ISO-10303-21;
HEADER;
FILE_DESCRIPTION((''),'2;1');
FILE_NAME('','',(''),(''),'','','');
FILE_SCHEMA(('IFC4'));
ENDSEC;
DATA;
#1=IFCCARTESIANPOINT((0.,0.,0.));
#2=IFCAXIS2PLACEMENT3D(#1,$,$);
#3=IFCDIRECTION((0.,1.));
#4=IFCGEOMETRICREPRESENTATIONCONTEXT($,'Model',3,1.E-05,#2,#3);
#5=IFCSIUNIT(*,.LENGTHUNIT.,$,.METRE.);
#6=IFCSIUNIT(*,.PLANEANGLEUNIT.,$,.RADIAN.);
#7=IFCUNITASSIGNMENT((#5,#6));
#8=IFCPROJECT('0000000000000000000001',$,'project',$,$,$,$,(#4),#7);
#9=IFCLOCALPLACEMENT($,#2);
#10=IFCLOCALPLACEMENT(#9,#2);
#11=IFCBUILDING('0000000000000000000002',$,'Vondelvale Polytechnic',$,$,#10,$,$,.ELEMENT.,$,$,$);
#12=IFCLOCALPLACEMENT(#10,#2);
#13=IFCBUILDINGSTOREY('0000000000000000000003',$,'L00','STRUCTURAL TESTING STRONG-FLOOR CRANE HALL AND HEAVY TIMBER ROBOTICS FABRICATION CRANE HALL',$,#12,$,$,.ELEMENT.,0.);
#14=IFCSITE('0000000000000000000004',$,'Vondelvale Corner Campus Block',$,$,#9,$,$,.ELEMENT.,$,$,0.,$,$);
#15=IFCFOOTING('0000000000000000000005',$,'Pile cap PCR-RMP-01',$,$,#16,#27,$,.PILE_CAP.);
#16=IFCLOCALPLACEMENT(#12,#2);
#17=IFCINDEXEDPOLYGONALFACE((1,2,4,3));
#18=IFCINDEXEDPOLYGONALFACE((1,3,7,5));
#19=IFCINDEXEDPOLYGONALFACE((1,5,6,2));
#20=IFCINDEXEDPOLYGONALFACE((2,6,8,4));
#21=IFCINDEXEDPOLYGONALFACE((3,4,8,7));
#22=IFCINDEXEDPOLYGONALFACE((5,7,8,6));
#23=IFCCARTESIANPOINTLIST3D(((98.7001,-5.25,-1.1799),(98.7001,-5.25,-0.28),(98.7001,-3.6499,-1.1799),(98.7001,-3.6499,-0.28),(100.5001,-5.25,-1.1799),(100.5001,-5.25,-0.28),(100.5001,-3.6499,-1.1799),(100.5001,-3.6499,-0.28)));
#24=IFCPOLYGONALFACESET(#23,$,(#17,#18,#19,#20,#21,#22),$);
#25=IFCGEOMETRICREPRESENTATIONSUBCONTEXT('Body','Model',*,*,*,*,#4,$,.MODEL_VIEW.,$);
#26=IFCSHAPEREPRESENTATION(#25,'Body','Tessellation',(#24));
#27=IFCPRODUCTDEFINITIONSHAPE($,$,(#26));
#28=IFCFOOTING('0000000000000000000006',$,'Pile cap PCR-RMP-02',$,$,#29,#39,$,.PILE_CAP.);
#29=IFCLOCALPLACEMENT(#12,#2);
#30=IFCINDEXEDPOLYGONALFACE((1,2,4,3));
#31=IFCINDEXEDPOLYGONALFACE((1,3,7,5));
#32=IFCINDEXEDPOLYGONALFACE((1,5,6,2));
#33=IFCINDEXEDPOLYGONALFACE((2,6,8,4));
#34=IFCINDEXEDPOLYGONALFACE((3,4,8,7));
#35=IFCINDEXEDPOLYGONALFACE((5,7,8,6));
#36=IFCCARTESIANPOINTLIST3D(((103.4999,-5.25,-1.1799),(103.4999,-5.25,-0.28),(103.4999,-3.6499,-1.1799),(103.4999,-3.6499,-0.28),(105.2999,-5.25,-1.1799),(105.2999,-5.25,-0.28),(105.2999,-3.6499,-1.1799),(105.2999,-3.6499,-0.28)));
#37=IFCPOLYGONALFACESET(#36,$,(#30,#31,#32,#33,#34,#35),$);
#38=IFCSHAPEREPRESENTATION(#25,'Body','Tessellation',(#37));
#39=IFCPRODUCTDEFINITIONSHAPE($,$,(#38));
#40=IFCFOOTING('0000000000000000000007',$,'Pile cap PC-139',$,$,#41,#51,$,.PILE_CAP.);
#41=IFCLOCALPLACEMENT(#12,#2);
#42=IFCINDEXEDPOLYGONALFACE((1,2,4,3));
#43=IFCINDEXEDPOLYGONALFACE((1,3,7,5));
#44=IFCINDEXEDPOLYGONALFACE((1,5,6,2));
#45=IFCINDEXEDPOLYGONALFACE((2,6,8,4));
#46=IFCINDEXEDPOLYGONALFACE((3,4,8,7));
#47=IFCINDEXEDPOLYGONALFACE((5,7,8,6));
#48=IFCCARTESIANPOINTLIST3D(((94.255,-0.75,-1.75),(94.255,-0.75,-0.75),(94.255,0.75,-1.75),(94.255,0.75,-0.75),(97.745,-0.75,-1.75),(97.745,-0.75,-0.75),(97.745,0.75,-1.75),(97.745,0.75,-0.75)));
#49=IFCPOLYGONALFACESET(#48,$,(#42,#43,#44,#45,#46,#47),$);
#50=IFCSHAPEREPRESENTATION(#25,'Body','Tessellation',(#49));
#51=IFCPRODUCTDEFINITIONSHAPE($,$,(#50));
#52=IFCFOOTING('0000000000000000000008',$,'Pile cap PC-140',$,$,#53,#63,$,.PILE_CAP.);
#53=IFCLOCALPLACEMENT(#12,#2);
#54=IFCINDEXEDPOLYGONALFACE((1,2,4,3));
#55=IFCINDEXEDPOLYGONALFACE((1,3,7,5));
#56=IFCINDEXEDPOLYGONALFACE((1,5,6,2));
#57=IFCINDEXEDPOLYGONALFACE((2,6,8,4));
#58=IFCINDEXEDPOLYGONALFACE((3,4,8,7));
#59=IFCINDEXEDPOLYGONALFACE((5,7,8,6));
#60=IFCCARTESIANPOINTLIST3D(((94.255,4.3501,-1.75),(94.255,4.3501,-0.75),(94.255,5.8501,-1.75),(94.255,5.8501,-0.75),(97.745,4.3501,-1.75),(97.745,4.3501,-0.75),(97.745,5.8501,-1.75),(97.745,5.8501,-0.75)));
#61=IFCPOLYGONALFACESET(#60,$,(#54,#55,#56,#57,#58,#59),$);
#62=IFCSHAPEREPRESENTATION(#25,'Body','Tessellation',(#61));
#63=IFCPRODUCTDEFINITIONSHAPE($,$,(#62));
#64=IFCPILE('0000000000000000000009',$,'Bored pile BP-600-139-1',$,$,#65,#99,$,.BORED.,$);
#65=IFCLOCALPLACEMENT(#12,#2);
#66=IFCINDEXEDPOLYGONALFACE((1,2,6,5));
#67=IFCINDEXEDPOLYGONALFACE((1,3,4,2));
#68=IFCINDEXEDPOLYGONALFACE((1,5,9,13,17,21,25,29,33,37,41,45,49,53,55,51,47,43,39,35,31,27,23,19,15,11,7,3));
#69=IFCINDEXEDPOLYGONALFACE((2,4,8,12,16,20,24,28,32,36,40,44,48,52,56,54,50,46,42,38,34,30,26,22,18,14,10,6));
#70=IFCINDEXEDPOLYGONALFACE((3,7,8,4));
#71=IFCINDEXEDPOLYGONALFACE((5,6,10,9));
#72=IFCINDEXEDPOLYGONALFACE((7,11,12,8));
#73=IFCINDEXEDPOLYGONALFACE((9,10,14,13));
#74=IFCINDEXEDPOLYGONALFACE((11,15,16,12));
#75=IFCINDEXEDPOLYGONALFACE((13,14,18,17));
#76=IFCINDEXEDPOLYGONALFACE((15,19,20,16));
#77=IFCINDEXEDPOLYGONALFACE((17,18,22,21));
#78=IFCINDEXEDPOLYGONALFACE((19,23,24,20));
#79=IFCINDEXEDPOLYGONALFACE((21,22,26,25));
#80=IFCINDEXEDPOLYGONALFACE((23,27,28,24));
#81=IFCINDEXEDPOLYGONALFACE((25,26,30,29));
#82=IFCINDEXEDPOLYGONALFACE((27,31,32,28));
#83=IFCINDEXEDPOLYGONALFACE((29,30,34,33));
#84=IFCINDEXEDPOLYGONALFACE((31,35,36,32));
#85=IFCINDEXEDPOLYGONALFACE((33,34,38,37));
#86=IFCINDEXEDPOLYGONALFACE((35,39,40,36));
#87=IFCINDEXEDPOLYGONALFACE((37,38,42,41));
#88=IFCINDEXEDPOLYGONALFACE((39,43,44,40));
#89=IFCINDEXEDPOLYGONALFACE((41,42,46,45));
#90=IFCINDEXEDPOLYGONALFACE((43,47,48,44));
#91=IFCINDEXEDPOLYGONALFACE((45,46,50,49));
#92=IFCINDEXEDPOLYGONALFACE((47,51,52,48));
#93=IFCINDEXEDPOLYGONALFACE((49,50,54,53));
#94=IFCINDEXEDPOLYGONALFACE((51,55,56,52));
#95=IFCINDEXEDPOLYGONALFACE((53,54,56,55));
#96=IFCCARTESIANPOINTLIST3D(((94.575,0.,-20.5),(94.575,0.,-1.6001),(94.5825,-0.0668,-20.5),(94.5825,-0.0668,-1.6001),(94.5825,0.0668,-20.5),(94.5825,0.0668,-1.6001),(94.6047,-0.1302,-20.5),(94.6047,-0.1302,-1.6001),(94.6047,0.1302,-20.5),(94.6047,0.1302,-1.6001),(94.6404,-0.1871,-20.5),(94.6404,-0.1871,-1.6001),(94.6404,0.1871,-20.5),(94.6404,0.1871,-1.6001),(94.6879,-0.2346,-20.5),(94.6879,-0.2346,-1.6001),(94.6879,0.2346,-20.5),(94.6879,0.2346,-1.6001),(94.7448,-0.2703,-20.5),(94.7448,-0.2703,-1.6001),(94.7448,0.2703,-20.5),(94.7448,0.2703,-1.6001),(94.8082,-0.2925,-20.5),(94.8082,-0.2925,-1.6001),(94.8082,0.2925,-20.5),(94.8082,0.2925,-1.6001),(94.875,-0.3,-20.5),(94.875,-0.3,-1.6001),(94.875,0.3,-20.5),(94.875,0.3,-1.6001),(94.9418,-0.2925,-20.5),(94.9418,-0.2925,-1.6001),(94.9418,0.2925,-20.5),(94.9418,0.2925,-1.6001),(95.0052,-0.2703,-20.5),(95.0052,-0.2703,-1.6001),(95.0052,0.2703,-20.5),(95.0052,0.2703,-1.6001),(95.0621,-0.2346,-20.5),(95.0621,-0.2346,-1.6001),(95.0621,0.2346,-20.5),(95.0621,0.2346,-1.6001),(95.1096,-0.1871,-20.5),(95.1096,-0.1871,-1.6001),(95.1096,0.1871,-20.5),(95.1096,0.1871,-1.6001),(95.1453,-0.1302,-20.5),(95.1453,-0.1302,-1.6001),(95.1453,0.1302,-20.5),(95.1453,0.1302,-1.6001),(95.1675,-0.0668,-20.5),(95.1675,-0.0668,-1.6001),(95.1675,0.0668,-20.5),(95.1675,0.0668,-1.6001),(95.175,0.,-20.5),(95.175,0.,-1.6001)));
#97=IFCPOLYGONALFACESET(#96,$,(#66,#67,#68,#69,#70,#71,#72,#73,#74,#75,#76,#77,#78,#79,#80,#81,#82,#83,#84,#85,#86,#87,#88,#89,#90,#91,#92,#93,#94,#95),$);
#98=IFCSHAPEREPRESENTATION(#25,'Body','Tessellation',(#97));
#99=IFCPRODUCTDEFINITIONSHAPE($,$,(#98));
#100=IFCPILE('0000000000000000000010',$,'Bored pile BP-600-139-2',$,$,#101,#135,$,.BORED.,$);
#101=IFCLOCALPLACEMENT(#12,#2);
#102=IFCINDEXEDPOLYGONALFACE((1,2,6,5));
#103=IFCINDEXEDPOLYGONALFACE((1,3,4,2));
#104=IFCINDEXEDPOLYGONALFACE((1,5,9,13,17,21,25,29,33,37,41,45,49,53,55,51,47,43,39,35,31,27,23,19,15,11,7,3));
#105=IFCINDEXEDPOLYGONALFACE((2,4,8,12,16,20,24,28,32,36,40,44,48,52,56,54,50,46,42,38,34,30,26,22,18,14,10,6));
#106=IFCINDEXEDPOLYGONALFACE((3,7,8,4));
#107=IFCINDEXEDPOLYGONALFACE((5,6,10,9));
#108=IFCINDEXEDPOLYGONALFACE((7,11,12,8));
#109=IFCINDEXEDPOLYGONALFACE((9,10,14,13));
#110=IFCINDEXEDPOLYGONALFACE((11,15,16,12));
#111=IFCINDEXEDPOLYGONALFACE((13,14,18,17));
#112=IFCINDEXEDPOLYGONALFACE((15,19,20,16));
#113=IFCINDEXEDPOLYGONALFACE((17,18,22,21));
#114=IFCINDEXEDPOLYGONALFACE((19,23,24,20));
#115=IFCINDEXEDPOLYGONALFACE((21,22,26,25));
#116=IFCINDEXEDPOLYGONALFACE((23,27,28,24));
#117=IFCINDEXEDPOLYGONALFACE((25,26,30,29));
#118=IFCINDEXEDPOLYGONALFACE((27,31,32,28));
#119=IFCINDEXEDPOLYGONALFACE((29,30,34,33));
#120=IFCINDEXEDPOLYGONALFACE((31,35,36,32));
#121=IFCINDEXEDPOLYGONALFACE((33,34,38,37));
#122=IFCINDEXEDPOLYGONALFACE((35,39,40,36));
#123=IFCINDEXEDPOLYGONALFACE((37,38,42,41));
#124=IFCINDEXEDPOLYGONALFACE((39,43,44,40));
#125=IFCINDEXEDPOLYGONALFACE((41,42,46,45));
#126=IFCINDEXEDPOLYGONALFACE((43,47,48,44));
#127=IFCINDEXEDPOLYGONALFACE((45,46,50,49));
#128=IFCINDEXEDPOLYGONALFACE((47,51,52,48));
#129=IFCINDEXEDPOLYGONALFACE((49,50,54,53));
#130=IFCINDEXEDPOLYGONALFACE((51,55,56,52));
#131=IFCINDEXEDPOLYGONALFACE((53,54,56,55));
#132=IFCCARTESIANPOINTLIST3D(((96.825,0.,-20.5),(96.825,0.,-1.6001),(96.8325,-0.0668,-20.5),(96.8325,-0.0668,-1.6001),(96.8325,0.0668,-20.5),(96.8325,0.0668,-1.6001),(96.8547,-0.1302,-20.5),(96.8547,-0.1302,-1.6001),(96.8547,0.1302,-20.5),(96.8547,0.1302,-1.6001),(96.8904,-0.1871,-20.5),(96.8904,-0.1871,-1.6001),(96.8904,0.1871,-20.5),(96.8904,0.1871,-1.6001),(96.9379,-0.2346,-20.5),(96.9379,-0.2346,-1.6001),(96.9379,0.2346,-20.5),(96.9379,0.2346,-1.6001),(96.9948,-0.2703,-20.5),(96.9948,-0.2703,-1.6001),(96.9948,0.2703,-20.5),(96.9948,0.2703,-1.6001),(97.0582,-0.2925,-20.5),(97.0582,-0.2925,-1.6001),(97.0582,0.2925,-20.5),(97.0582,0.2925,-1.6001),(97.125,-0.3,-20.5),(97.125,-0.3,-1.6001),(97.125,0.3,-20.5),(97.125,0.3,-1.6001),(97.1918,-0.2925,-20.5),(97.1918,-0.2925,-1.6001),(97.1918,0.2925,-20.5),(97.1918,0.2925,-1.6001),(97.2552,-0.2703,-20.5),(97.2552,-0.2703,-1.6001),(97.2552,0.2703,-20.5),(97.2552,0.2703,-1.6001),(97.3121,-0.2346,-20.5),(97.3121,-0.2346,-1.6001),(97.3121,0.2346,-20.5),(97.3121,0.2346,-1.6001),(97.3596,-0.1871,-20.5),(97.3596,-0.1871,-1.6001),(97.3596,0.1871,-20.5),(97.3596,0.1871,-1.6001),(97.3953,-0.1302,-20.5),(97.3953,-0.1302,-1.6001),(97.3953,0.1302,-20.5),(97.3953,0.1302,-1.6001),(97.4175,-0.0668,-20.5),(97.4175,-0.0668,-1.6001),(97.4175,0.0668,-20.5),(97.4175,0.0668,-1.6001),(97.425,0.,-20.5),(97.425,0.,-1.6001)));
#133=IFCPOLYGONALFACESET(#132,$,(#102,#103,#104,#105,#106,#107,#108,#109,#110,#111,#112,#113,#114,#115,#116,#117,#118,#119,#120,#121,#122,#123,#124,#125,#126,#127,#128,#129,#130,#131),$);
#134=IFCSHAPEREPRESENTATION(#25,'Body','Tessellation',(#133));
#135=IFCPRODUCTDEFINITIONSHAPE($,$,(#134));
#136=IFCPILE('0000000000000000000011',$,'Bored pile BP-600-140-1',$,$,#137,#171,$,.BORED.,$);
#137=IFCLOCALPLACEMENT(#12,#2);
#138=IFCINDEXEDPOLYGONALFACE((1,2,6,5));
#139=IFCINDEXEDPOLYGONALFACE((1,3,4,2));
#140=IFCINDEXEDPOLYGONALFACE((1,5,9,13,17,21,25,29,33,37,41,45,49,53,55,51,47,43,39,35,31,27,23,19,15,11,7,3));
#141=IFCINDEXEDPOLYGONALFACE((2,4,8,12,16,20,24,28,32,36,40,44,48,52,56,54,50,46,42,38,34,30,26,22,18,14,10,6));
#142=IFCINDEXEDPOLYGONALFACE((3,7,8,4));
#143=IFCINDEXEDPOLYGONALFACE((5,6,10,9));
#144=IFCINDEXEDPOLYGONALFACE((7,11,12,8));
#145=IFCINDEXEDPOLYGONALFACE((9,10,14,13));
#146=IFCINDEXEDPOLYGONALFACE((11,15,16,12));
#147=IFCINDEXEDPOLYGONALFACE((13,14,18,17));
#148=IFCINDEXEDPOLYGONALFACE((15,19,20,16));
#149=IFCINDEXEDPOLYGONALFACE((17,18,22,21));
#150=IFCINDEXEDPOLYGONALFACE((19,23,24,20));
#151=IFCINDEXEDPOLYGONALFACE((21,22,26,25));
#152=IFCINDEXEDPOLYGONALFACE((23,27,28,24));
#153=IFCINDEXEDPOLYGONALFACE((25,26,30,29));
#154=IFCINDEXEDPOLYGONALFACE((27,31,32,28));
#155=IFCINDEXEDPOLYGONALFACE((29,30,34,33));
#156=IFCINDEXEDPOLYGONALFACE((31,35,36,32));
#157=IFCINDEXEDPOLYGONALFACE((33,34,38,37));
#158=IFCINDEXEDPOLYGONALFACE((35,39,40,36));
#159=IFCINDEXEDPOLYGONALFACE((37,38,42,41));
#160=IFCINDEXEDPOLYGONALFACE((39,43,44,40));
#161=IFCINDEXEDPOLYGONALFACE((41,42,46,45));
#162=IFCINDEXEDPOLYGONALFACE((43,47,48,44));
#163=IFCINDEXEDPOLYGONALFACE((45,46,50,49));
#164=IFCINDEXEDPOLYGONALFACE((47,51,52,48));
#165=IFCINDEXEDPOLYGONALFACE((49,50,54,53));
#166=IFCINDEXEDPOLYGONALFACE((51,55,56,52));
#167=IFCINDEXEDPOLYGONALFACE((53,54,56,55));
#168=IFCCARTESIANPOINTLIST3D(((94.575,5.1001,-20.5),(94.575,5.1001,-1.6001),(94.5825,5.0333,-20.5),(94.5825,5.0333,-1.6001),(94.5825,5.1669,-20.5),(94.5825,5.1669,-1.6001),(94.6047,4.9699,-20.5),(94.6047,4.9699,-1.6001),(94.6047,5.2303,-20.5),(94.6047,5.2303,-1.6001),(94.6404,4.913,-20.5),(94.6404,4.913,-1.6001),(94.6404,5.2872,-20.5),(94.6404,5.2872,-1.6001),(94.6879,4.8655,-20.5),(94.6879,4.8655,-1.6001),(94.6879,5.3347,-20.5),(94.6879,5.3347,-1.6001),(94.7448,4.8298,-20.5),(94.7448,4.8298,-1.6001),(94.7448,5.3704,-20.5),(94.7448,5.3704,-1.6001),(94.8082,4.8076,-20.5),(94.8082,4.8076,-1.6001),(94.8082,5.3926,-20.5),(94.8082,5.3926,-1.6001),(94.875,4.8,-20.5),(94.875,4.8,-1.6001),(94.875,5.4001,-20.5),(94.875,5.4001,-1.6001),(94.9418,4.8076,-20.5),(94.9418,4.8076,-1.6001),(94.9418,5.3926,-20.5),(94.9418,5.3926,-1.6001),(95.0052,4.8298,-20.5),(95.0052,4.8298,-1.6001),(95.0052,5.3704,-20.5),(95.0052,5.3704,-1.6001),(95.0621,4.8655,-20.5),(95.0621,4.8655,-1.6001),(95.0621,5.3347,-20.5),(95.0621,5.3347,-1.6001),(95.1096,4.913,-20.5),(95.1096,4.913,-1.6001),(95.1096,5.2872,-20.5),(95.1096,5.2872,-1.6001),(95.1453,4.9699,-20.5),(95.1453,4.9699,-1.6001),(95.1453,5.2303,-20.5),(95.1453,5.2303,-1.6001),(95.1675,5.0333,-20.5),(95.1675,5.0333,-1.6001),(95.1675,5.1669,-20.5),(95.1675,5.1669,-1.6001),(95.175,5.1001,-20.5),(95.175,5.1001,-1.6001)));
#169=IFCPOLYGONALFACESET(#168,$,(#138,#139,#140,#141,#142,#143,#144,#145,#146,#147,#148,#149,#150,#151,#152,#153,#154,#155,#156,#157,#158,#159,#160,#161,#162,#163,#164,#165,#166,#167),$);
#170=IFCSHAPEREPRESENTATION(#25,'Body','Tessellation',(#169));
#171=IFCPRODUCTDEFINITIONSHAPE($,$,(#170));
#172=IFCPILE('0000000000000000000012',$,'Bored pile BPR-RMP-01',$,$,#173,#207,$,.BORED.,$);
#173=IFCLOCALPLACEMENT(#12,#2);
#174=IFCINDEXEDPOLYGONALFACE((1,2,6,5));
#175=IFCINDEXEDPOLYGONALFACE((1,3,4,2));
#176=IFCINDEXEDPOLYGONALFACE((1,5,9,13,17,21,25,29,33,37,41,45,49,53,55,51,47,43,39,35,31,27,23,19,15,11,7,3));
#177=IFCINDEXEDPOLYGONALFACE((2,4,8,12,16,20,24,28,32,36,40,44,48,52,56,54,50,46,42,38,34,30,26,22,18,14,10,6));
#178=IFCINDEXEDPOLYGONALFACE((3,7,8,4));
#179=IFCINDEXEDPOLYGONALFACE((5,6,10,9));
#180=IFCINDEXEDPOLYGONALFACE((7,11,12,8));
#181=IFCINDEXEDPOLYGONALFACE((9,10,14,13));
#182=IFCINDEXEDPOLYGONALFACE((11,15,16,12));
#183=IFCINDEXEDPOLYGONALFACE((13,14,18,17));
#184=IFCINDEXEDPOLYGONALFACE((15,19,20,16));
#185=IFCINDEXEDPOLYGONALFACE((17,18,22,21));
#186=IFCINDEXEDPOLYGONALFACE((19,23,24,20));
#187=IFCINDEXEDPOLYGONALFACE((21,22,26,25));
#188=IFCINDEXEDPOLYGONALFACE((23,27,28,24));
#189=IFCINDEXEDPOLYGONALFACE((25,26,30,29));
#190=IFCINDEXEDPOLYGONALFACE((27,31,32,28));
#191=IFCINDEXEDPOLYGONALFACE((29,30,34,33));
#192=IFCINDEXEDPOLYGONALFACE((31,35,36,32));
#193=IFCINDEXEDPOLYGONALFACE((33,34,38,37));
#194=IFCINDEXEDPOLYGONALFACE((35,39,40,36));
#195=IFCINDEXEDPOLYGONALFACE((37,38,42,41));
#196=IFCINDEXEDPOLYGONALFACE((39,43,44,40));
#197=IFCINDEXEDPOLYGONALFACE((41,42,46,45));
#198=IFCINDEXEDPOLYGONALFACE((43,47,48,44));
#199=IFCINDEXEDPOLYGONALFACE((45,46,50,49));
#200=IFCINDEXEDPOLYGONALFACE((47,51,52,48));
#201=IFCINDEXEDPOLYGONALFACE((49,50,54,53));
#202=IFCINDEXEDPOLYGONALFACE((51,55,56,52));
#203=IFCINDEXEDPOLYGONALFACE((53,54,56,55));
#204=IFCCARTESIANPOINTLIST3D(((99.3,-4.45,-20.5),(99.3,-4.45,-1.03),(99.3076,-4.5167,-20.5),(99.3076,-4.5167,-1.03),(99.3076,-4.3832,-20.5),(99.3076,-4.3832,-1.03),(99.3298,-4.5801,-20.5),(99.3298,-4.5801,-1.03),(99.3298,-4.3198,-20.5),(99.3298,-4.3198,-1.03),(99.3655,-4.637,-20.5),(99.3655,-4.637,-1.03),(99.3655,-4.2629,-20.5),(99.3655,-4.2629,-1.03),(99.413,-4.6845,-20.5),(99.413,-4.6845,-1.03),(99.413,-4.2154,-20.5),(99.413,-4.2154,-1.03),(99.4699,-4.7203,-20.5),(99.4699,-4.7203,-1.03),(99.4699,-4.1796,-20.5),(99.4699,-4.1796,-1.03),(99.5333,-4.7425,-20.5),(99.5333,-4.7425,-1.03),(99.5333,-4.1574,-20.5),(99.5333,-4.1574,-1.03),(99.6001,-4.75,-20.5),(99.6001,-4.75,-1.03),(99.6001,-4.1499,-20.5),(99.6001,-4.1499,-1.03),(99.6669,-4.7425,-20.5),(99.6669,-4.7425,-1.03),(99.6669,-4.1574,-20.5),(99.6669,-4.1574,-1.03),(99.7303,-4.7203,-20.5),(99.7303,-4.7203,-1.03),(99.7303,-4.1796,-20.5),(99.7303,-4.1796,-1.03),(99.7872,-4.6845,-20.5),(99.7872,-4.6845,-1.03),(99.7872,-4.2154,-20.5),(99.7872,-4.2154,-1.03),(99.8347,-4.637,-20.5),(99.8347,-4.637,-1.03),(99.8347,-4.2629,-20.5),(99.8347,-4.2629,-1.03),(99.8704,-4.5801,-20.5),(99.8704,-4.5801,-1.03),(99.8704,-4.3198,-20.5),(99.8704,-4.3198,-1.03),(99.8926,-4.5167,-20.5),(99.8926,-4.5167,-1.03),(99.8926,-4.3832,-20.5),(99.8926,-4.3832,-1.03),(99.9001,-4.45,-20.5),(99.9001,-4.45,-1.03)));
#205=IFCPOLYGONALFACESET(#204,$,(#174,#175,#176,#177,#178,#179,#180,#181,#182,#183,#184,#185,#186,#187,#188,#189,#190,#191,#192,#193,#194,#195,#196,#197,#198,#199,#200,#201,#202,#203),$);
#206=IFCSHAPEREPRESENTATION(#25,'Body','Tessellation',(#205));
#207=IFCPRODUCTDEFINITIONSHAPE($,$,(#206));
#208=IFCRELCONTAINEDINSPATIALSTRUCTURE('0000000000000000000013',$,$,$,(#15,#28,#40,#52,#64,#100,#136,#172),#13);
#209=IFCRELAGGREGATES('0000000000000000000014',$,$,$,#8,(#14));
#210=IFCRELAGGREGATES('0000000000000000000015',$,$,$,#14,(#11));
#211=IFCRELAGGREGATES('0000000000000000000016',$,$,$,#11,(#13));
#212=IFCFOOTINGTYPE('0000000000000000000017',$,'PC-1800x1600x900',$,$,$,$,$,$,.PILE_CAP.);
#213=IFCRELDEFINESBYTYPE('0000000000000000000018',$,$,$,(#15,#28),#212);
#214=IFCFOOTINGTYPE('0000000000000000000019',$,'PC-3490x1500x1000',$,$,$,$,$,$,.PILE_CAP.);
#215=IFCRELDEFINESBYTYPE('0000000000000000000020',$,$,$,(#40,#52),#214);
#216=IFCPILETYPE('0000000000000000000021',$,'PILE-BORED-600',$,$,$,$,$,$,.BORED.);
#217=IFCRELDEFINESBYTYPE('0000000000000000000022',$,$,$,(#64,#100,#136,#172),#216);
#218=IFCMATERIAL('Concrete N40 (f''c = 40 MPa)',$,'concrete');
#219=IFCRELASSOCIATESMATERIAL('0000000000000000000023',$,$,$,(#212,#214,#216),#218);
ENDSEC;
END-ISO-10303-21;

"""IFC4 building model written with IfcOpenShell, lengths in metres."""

from ifc_helpers import new_model, si_unit, direction, frame, origin, origin_2d, place, context, subcontext, project, spatial, rectangle, circle, extrude, material, material_profile, profile_set, type_object, element, save


model = new_model("IFC4")

# Units and contexts
model_context = context("Model", 3, precision=1e-05, world=origin(), true_north=direction((0.0, 1.0)))
body_context = subcontext(model_context, "Body", "Model", "MODEL_VIEW")
ifc_project = project(units=[si_unit("LENGTHUNIT", "METRE"), si_unit("PLANEANGLEUNIT", "RADIAN")], contexts=[model_context])

# Site, building, storey
site_placement = place(None, origin())
site = spatial("IfcSite", under=ifc_project, at=site_placement, Name="Vondelvale Corner Campus Block", CompositionType="ELEMENT", RefElevation=0.0)
building_placement = place(site_placement, origin())
building = spatial("IfcBuilding", under=site, at=building_placement, Name="Vondelvale Polytechnic", CompositionType="ELEMENT")
storey_placement = place(building_placement, origin())
storey = spatial("IfcBuildingStorey", under=building, at=storey_placement, Name="L00", Description="STRUCTURAL TESTING STRONG-FLOOR CRANE HALL AND HEAVY TIMBER ROBOTICS FABRICATION CRANE HALL", CompositionType="ELEMENT", Elevation=0.0)

# Footings
ifc_material_1 = material(Name="Concrete N40 (f'c = 40 MPa)", Category="concrete")
footing_type_1 = type_object("IfcFootingType", Name="PC-1800x1600x900", PredefinedType="PILE_CAP", material=ifc_material_1)
for number, where, z_axis, x_axis, name in (
    (1, (99.6001, -4.45, -1.1799), (0.0, 0.0, 1.0), (1.0, 0.0, 0.0), "Pile cap PCR-RMP-01"),
    (2, (104.3999, -4.45, -1.1799), (0.0, 0.0, 1.0), (1.0, 0.0, 0.0), "Pile cap PCR-RMP-02"),
):
    element("IfcFooting", number, at=place(storey_placement, frame(where, z_axis=z_axis, x_axis=x_axis)), inside=storey, type_object=footing_type_1, Name=name, PredefinedType="PILE_CAP", context=body_context, shape_type="SweptSolid", body=[
        extrude(rectangle(XDim=1.8, YDim=1.6001, at=origin_2d()), origin(), (0.0, 0.0, 1.0), 0.8999),
    ])
footing_type_2 = type_object("IfcFootingType", Name="PC-3490x1500x1000", PredefinedType="PILE_CAP", material=ifc_material_1)
for number, where, z_axis, x_axis, name in (
    (3, (96.0, 0.0, -1.75), (0.0, 0.0, 1.0), (1.0, 0.0, 0.0), "Pile cap PC-139"),
    (4, (96.0, 5.1001, -1.75), (0.0, 0.0, 1.0), (1.0, 0.0, 0.0), "Pile cap PC-140"),
):
    element("IfcFooting", number, at=place(storey_placement, frame(where, z_axis=z_axis, x_axis=x_axis)), inside=storey, type_object=footing_type_2, Name=name, PredefinedType="PILE_CAP", context=body_context, shape_type="SweptSolid", body=[
        extrude(rectangle(XDim=3.49, YDim=1.5, at=origin_2d()), origin(), (0.0, 0.0, 1.0), 1.0),
    ])

# Piles
ifc_material_profile_1 = material_profile(ifc_material_1, circle(Radius=0.3, at=origin_2d()), Name="PILE-D600")
ifc_profile_set_1 = profile_set([ifc_material_profile_1], Name="Concrete N40 (f'c = 40 MPa)")
pile_type = type_object("IfcPileType", Name="PILE-BORED-600", PredefinedType="BORED", material=ifc_profile_set_1)
for number, where, z_axis, x_axis, name in (
    (5, (94.875, 0.0, -1.6001), (0.0, 0.0, -1.0), (1.0, 0.0, 0.0), "Bored pile BP-600-139-1"),
    (6, (97.125, 0.0, -1.6001), (0.0, 0.0, -1.0), (1.0, 0.0, 0.0), "Bored pile BP-600-139-2"),
    (7, (94.875, 5.1001, -1.6001), (0.0, 0.0, -1.0), (1.0, 0.0, 0.0), "Bored pile BP-600-140-1"),
):
    element("IfcPile", number, at=place(storey_placement, frame(where, z_axis=z_axis, x_axis=x_axis)), inside=storey, type_object=pile_type, Name=name, PredefinedType="BORED", context=body_context, shape_type="SweptSolid", body=[
        extrude(circle(Radius=0.3, at=origin_2d()), origin(), (0.0, 0.0, 1.0), 18.8999),
    ])
for number, where, z_axis, x_axis, name in (
    (8, (99.6001, -4.45, -1.03), (0.0, 0.0, -1.0), (1.0, 0.0, 0.0), "Bored pile BPR-RMP-01"),
):
    element("IfcPile", number, at=place(storey_placement, frame(where, z_axis=z_axis, x_axis=x_axis)), inside=storey, type_object=pile_type, Name=name, PredefinedType="BORED", context=body_context, shape_type="SweptSolid", body=[
        extrude(circle(Radius=0.3, at=origin_2d()), origin(), (0.0, 0.0, 1.0), 19.47),
    ])

save(model, "model.ifc")
